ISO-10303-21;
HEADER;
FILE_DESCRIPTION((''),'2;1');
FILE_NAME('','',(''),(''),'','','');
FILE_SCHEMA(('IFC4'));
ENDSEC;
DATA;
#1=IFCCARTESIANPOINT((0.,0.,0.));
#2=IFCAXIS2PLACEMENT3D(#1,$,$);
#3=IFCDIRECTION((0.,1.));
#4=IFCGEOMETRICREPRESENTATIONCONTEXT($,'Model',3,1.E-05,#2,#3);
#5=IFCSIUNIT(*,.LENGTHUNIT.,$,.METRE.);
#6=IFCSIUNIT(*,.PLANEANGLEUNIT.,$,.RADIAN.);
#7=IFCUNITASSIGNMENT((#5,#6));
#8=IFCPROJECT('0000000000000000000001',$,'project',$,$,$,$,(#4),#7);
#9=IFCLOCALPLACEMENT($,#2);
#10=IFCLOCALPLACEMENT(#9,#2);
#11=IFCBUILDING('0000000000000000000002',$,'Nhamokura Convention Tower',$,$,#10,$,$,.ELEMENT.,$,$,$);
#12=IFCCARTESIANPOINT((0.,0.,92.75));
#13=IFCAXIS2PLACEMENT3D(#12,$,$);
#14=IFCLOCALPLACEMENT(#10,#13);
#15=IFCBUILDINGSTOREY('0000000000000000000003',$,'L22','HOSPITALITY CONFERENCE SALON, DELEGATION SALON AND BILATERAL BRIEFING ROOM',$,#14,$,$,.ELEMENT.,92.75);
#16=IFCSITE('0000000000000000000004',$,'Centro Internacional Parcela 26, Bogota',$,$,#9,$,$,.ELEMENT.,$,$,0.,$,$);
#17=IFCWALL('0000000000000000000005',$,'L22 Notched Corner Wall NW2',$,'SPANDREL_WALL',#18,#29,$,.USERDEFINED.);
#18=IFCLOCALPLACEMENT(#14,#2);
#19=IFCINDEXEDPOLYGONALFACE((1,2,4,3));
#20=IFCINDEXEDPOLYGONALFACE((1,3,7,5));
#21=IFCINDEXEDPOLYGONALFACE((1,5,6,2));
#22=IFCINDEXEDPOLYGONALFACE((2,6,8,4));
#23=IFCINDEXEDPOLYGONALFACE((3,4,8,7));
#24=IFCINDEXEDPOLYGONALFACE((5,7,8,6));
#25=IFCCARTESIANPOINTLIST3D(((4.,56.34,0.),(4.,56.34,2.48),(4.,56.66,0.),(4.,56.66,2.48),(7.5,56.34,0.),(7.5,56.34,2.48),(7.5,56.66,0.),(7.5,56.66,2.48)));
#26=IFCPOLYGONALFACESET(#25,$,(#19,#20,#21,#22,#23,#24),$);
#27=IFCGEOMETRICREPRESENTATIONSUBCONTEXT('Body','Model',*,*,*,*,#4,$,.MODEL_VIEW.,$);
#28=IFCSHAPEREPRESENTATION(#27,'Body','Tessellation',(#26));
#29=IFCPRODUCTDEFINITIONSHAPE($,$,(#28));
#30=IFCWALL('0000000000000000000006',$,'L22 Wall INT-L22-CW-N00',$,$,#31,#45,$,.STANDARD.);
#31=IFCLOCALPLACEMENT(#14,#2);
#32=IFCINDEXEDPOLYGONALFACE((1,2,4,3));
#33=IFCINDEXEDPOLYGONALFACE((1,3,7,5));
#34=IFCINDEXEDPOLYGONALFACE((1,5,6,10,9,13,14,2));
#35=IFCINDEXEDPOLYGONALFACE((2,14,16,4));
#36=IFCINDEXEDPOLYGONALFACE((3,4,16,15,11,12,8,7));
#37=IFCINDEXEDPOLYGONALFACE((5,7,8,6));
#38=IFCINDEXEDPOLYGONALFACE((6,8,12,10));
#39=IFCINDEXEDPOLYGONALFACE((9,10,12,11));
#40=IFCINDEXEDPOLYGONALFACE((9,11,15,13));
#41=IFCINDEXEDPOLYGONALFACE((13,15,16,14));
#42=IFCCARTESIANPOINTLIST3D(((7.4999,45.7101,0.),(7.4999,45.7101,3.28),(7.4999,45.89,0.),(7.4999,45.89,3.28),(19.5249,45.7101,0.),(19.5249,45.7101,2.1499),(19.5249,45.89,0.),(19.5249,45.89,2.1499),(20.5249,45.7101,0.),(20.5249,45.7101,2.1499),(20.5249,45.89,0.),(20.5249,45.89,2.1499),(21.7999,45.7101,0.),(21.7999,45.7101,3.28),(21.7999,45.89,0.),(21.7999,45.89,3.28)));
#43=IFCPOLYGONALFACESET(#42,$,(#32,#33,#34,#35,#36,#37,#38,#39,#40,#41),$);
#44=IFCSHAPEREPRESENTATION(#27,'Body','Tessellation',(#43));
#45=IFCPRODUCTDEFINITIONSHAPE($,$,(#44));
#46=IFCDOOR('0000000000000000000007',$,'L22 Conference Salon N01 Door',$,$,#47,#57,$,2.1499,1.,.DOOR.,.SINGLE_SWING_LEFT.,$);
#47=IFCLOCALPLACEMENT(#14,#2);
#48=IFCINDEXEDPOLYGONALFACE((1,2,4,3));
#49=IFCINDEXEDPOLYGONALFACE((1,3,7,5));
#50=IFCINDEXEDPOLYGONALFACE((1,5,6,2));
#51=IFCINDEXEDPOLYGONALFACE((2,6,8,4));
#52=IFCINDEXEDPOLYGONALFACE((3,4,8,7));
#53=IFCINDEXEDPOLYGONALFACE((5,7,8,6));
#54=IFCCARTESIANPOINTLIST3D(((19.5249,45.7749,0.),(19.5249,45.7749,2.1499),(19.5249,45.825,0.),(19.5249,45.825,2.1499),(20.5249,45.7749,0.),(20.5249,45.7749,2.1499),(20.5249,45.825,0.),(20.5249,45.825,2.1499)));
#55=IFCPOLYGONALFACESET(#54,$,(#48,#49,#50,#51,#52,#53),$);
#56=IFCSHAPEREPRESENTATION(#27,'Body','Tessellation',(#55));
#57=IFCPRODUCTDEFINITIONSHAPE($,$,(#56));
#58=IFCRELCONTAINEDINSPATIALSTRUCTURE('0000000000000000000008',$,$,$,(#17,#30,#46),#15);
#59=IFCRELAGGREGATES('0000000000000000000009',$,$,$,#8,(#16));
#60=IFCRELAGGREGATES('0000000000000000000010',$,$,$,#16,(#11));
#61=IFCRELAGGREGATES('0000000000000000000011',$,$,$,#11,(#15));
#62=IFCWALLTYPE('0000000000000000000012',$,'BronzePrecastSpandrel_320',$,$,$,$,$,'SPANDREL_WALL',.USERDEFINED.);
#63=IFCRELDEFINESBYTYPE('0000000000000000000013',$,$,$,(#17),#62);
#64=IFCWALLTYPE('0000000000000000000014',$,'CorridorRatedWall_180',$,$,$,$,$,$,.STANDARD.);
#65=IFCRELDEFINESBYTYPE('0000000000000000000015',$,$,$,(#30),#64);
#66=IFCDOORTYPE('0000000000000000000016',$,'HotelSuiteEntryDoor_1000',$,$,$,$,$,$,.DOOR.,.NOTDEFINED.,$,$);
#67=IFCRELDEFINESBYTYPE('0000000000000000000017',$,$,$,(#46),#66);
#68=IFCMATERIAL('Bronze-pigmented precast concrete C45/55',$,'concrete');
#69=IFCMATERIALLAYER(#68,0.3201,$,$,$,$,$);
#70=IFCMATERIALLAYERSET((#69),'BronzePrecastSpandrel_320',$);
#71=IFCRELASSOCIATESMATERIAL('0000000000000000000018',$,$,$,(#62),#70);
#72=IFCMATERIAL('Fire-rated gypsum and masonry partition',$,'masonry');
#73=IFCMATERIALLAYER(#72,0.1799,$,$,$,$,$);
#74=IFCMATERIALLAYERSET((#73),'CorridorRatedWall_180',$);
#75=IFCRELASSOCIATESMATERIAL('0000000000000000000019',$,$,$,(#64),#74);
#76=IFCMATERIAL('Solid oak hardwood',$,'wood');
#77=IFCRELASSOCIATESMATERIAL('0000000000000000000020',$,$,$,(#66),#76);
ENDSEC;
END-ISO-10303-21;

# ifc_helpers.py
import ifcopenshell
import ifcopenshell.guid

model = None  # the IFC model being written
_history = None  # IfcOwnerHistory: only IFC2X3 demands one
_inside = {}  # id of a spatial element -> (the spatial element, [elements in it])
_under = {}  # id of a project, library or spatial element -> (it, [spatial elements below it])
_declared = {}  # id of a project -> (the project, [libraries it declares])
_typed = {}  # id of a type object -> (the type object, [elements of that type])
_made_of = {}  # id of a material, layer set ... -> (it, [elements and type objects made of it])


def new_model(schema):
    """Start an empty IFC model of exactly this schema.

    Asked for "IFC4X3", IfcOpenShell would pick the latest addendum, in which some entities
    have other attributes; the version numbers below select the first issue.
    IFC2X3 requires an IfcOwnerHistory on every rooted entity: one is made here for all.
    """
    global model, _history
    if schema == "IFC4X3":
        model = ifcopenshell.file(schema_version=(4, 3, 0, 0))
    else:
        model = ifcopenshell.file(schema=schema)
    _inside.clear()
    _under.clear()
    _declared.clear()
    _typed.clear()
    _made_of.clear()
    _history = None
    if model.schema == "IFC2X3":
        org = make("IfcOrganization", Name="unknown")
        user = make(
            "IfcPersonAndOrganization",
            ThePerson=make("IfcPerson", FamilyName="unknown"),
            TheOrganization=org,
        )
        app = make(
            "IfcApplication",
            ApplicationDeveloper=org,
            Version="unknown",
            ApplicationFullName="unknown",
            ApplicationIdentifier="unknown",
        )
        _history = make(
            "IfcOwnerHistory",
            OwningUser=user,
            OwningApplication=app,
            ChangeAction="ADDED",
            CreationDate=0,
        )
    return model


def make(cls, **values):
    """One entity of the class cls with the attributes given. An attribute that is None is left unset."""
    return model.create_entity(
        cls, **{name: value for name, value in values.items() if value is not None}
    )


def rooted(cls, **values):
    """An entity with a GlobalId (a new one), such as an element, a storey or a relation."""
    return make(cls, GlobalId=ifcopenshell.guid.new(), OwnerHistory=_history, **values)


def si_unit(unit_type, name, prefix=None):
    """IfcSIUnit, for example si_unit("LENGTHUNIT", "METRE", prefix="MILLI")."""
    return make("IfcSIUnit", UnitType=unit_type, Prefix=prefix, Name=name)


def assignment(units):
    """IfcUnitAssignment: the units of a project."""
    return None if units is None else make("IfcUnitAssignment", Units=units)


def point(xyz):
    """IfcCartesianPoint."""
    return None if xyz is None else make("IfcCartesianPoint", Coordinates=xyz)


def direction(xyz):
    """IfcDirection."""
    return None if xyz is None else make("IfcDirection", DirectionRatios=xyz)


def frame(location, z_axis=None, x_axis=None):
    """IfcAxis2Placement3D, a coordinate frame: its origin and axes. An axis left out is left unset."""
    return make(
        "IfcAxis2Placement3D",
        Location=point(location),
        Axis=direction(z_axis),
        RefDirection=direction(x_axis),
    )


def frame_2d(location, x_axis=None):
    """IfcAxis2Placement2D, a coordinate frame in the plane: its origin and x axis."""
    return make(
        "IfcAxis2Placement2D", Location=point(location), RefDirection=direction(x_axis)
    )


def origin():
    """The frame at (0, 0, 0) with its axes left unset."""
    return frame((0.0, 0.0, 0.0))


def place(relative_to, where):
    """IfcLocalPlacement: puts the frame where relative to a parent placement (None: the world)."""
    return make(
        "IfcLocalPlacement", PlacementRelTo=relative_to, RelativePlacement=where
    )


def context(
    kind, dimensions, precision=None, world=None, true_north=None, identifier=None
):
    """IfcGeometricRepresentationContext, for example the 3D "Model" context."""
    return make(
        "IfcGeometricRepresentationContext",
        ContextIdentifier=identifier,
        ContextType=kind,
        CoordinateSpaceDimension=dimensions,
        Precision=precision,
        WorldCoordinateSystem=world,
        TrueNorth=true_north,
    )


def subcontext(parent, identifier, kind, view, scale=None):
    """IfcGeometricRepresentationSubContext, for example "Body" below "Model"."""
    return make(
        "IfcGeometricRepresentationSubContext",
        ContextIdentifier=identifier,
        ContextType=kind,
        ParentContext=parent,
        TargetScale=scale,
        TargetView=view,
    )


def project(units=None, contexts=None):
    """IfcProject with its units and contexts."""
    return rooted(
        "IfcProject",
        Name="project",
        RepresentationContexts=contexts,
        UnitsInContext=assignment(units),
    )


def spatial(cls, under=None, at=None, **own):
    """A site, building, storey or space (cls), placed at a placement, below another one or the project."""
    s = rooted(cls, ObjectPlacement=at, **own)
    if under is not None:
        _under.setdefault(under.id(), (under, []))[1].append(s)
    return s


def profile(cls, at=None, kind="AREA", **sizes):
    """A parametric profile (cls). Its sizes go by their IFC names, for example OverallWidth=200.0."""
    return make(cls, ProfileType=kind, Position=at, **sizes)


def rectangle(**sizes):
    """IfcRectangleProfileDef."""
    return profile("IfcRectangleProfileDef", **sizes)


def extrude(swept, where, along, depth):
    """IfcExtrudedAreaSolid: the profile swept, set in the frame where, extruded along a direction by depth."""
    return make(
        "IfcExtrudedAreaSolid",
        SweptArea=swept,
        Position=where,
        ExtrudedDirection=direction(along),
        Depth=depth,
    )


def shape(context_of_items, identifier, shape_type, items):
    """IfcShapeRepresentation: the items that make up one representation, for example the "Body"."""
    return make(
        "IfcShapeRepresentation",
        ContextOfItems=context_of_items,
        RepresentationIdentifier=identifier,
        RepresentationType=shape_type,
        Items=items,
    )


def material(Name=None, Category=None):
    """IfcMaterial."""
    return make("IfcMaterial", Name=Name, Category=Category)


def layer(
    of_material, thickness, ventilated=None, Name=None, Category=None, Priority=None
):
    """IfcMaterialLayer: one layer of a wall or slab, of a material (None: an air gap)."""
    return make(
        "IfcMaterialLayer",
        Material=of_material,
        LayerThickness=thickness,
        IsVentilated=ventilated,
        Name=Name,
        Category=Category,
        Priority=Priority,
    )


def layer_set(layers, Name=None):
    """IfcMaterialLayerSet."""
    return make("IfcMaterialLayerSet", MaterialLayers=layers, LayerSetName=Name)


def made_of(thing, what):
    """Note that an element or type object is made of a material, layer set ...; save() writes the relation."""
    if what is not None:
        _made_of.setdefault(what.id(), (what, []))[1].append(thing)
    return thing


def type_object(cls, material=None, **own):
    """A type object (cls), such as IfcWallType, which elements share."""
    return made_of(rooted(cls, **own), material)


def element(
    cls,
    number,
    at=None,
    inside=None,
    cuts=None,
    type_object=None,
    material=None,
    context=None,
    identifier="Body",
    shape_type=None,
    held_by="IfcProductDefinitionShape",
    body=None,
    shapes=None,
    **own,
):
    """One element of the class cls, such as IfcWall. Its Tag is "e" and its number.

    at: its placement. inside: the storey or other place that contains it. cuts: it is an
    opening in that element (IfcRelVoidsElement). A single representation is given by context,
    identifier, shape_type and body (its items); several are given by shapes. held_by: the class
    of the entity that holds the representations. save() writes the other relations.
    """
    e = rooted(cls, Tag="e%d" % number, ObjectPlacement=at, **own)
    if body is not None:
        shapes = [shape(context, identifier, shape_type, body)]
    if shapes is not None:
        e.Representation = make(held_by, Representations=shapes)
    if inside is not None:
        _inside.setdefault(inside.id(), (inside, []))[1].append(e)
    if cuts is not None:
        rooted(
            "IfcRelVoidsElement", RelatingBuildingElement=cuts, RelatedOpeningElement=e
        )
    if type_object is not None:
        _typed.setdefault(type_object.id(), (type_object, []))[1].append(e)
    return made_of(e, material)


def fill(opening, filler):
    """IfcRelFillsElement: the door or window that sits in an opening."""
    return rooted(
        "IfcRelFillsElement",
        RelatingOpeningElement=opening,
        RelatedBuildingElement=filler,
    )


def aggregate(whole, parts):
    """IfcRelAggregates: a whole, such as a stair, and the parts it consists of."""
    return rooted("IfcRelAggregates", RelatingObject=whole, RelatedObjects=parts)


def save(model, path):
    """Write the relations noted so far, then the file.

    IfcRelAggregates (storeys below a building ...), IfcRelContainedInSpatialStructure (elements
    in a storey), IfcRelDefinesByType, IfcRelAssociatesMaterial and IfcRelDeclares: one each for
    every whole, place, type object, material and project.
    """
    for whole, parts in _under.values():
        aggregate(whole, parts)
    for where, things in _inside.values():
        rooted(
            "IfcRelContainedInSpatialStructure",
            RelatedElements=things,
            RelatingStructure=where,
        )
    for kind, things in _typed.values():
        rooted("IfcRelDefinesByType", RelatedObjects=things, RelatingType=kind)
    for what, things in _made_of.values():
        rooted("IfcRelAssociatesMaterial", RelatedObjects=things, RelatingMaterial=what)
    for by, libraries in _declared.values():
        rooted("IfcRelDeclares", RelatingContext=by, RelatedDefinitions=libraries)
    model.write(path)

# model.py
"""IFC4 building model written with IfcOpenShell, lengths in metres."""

from ifc_helpers import new_model, si_unit, direction, frame, frame_2d, origin, place, context, subcontext, project, spatial, rectangle, extrude, material, layer, layer_set, type_object, element, fill, save


model = new_model("IFC4")

# Units and contexts
model_context = context("Model", 3, precision=1e-05, world=origin(), true_north=direction((0.0, 1.0)))
body_context = subcontext(model_context, "Body", "Model", "MODEL_VIEW")
ifc_project = project(units=[si_unit("LENGTHUNIT", "METRE"), si_unit("PLANEANGLEUNIT", "RADIAN")], contexts=[model_context])

# Site, building, storey
site_placement = place(None, origin())
site = spatial("IfcSite", under=ifc_project, at=site_placement, Name="Centro Internacional Parcela 26, Bogota", CompositionType="ELEMENT", RefElevation=0.0)
building_placement = place(site_placement, origin())
building = spatial("IfcBuilding", under=site, at=building_placement, Name="Nhamokura Convention Tower", CompositionType="ELEMENT")
storey_placement = place(building_placement, frame((0.0, 0.0, 92.75)))
storey = spatial("IfcBuildingStorey", under=building, at=storey_placement, Name="L22", Description="HOSPITALITY CONFERENCE SALON, DELEGATION SALON AND BILATERAL BRIEFING ROOM", CompositionType="ELEMENT", Elevation=92.75)

# Wall
ifc_material_1 = material(Name="Bronze-pigmented precast concrete C45/55", Category="concrete")
ifc_layer_1 = layer(ifc_material_1, 0.3201)
ifc_layer_set_1 = layer_set([ifc_layer_1], Name="BronzePrecastSpandrel_320")
wall_type_1 = type_object("IfcWallType", Name="BronzePrecastSpandrel_320", ElementType="SPANDREL_WALL", PredefinedType="USERDEFINED", material=ifc_layer_set_1)
for number, where, z_axis, x_axis, name in (
    (1, (4.0, 56.5, 0.0), (0.0, 0.0, 1.0), (1.0, 0.0, 0.0), "L22 Notched Corner Wall NW2"),
):
    element("IfcWall", number, at=place(storey_placement, frame(where, z_axis=z_axis, x_axis=x_axis)), inside=storey, type_object=wall_type_1, Name=name, ObjectType="SPANDREL_WALL", PredefinedType="USERDEFINED", context=body_context, shape_type="SweptSolid", body=[
        extrude(rectangle(XDim=3.5, YDim=0.3201, at=frame_2d((1.75, 0.0))), origin(), (0.0, 0.0, 1.0), 2.48),
    ])

# Wall, opening, door
ifc_material_2 = material(Name="Fire-rated gypsum and masonry partition", Category="masonry")
ifc_layer_2 = layer(ifc_material_2, 0.1799)
ifc_layer_set_2 = layer_set([ifc_layer_2], Name="CorridorRatedWall_180")
wall_type_2 = type_object("IfcWallType", Name="CorridorRatedWall_180", PredefinedType="STANDARD", material=ifc_layer_set_2)
wall_placement = place(storey_placement, frame((7.5, 45.8, 0.0), z_axis=(0.0, 0.0, 1.0), x_axis=(1.0, 0.0, 0.0)))
wall = element("IfcWall", 2, at=wall_placement, inside=storey, type_object=wall_type_2, Name="L22 Wall INT-L22-CW-N00", PredefinedType="STANDARD", context=body_context, shape_type="SweptSolid", body=[
    extrude(rectangle(XDim=14.3, YDim=0.1799, at=frame_2d((7.1499, 0.0))), origin(), (0.0, 0.0, 1.0), 3.28),
])
opening_placement = place(wall_placement, frame((12.0249, 0.0, 0.0)))
opening = element("IfcOpeningElement", 3, at=opening_placement, cuts=wall, PredefinedType="OPENING", context=body_context, shape_type="SweptSolid", body=[
    extrude(rectangle(XDim=1.0, YDim=2.1499, at=frame_2d((0.5, 1.075))), frame((0.0, 0.0999, 0.0), z_axis=(0.0, -1.0, 0.0), x_axis=(1.0, 0.0, 0.0)), (0.0, 0.0, 1.0), 0.2),
])
ifc_material_3 = material(Name="Solid oak hardwood", Category="wood")
door_type = type_object("IfcDoorType", Name="HotelSuiteEntryDoor_1000", OperationType="NOTDEFINED", PredefinedType="DOOR", material=ifc_material_3)
door_placement = place(opening_placement, origin())
door = element("IfcDoor", 4, at=door_placement, inside=storey, type_object=door_type, Name="L22 Conference Salon N01 Door", OperationType="SINGLE_SWING_LEFT", OverallHeight=2.1499, OverallWidth=1.0, PredefinedType="DOOR", context=body_context, shape_type="SweptSolid", body=[
    extrude(rectangle(XDim=1.0, YDim=2.1499, at=frame_2d((0.5, 1.075))), frame((0.0, 0.0249, 0.0), z_axis=(0.0, -1.0, 0.0), x_axis=(1.0, 0.0, 0.0)), (0.0, 0.0, 1.0), 0.05),
])
fill(opening, door)

save(model, "model.ifc")
